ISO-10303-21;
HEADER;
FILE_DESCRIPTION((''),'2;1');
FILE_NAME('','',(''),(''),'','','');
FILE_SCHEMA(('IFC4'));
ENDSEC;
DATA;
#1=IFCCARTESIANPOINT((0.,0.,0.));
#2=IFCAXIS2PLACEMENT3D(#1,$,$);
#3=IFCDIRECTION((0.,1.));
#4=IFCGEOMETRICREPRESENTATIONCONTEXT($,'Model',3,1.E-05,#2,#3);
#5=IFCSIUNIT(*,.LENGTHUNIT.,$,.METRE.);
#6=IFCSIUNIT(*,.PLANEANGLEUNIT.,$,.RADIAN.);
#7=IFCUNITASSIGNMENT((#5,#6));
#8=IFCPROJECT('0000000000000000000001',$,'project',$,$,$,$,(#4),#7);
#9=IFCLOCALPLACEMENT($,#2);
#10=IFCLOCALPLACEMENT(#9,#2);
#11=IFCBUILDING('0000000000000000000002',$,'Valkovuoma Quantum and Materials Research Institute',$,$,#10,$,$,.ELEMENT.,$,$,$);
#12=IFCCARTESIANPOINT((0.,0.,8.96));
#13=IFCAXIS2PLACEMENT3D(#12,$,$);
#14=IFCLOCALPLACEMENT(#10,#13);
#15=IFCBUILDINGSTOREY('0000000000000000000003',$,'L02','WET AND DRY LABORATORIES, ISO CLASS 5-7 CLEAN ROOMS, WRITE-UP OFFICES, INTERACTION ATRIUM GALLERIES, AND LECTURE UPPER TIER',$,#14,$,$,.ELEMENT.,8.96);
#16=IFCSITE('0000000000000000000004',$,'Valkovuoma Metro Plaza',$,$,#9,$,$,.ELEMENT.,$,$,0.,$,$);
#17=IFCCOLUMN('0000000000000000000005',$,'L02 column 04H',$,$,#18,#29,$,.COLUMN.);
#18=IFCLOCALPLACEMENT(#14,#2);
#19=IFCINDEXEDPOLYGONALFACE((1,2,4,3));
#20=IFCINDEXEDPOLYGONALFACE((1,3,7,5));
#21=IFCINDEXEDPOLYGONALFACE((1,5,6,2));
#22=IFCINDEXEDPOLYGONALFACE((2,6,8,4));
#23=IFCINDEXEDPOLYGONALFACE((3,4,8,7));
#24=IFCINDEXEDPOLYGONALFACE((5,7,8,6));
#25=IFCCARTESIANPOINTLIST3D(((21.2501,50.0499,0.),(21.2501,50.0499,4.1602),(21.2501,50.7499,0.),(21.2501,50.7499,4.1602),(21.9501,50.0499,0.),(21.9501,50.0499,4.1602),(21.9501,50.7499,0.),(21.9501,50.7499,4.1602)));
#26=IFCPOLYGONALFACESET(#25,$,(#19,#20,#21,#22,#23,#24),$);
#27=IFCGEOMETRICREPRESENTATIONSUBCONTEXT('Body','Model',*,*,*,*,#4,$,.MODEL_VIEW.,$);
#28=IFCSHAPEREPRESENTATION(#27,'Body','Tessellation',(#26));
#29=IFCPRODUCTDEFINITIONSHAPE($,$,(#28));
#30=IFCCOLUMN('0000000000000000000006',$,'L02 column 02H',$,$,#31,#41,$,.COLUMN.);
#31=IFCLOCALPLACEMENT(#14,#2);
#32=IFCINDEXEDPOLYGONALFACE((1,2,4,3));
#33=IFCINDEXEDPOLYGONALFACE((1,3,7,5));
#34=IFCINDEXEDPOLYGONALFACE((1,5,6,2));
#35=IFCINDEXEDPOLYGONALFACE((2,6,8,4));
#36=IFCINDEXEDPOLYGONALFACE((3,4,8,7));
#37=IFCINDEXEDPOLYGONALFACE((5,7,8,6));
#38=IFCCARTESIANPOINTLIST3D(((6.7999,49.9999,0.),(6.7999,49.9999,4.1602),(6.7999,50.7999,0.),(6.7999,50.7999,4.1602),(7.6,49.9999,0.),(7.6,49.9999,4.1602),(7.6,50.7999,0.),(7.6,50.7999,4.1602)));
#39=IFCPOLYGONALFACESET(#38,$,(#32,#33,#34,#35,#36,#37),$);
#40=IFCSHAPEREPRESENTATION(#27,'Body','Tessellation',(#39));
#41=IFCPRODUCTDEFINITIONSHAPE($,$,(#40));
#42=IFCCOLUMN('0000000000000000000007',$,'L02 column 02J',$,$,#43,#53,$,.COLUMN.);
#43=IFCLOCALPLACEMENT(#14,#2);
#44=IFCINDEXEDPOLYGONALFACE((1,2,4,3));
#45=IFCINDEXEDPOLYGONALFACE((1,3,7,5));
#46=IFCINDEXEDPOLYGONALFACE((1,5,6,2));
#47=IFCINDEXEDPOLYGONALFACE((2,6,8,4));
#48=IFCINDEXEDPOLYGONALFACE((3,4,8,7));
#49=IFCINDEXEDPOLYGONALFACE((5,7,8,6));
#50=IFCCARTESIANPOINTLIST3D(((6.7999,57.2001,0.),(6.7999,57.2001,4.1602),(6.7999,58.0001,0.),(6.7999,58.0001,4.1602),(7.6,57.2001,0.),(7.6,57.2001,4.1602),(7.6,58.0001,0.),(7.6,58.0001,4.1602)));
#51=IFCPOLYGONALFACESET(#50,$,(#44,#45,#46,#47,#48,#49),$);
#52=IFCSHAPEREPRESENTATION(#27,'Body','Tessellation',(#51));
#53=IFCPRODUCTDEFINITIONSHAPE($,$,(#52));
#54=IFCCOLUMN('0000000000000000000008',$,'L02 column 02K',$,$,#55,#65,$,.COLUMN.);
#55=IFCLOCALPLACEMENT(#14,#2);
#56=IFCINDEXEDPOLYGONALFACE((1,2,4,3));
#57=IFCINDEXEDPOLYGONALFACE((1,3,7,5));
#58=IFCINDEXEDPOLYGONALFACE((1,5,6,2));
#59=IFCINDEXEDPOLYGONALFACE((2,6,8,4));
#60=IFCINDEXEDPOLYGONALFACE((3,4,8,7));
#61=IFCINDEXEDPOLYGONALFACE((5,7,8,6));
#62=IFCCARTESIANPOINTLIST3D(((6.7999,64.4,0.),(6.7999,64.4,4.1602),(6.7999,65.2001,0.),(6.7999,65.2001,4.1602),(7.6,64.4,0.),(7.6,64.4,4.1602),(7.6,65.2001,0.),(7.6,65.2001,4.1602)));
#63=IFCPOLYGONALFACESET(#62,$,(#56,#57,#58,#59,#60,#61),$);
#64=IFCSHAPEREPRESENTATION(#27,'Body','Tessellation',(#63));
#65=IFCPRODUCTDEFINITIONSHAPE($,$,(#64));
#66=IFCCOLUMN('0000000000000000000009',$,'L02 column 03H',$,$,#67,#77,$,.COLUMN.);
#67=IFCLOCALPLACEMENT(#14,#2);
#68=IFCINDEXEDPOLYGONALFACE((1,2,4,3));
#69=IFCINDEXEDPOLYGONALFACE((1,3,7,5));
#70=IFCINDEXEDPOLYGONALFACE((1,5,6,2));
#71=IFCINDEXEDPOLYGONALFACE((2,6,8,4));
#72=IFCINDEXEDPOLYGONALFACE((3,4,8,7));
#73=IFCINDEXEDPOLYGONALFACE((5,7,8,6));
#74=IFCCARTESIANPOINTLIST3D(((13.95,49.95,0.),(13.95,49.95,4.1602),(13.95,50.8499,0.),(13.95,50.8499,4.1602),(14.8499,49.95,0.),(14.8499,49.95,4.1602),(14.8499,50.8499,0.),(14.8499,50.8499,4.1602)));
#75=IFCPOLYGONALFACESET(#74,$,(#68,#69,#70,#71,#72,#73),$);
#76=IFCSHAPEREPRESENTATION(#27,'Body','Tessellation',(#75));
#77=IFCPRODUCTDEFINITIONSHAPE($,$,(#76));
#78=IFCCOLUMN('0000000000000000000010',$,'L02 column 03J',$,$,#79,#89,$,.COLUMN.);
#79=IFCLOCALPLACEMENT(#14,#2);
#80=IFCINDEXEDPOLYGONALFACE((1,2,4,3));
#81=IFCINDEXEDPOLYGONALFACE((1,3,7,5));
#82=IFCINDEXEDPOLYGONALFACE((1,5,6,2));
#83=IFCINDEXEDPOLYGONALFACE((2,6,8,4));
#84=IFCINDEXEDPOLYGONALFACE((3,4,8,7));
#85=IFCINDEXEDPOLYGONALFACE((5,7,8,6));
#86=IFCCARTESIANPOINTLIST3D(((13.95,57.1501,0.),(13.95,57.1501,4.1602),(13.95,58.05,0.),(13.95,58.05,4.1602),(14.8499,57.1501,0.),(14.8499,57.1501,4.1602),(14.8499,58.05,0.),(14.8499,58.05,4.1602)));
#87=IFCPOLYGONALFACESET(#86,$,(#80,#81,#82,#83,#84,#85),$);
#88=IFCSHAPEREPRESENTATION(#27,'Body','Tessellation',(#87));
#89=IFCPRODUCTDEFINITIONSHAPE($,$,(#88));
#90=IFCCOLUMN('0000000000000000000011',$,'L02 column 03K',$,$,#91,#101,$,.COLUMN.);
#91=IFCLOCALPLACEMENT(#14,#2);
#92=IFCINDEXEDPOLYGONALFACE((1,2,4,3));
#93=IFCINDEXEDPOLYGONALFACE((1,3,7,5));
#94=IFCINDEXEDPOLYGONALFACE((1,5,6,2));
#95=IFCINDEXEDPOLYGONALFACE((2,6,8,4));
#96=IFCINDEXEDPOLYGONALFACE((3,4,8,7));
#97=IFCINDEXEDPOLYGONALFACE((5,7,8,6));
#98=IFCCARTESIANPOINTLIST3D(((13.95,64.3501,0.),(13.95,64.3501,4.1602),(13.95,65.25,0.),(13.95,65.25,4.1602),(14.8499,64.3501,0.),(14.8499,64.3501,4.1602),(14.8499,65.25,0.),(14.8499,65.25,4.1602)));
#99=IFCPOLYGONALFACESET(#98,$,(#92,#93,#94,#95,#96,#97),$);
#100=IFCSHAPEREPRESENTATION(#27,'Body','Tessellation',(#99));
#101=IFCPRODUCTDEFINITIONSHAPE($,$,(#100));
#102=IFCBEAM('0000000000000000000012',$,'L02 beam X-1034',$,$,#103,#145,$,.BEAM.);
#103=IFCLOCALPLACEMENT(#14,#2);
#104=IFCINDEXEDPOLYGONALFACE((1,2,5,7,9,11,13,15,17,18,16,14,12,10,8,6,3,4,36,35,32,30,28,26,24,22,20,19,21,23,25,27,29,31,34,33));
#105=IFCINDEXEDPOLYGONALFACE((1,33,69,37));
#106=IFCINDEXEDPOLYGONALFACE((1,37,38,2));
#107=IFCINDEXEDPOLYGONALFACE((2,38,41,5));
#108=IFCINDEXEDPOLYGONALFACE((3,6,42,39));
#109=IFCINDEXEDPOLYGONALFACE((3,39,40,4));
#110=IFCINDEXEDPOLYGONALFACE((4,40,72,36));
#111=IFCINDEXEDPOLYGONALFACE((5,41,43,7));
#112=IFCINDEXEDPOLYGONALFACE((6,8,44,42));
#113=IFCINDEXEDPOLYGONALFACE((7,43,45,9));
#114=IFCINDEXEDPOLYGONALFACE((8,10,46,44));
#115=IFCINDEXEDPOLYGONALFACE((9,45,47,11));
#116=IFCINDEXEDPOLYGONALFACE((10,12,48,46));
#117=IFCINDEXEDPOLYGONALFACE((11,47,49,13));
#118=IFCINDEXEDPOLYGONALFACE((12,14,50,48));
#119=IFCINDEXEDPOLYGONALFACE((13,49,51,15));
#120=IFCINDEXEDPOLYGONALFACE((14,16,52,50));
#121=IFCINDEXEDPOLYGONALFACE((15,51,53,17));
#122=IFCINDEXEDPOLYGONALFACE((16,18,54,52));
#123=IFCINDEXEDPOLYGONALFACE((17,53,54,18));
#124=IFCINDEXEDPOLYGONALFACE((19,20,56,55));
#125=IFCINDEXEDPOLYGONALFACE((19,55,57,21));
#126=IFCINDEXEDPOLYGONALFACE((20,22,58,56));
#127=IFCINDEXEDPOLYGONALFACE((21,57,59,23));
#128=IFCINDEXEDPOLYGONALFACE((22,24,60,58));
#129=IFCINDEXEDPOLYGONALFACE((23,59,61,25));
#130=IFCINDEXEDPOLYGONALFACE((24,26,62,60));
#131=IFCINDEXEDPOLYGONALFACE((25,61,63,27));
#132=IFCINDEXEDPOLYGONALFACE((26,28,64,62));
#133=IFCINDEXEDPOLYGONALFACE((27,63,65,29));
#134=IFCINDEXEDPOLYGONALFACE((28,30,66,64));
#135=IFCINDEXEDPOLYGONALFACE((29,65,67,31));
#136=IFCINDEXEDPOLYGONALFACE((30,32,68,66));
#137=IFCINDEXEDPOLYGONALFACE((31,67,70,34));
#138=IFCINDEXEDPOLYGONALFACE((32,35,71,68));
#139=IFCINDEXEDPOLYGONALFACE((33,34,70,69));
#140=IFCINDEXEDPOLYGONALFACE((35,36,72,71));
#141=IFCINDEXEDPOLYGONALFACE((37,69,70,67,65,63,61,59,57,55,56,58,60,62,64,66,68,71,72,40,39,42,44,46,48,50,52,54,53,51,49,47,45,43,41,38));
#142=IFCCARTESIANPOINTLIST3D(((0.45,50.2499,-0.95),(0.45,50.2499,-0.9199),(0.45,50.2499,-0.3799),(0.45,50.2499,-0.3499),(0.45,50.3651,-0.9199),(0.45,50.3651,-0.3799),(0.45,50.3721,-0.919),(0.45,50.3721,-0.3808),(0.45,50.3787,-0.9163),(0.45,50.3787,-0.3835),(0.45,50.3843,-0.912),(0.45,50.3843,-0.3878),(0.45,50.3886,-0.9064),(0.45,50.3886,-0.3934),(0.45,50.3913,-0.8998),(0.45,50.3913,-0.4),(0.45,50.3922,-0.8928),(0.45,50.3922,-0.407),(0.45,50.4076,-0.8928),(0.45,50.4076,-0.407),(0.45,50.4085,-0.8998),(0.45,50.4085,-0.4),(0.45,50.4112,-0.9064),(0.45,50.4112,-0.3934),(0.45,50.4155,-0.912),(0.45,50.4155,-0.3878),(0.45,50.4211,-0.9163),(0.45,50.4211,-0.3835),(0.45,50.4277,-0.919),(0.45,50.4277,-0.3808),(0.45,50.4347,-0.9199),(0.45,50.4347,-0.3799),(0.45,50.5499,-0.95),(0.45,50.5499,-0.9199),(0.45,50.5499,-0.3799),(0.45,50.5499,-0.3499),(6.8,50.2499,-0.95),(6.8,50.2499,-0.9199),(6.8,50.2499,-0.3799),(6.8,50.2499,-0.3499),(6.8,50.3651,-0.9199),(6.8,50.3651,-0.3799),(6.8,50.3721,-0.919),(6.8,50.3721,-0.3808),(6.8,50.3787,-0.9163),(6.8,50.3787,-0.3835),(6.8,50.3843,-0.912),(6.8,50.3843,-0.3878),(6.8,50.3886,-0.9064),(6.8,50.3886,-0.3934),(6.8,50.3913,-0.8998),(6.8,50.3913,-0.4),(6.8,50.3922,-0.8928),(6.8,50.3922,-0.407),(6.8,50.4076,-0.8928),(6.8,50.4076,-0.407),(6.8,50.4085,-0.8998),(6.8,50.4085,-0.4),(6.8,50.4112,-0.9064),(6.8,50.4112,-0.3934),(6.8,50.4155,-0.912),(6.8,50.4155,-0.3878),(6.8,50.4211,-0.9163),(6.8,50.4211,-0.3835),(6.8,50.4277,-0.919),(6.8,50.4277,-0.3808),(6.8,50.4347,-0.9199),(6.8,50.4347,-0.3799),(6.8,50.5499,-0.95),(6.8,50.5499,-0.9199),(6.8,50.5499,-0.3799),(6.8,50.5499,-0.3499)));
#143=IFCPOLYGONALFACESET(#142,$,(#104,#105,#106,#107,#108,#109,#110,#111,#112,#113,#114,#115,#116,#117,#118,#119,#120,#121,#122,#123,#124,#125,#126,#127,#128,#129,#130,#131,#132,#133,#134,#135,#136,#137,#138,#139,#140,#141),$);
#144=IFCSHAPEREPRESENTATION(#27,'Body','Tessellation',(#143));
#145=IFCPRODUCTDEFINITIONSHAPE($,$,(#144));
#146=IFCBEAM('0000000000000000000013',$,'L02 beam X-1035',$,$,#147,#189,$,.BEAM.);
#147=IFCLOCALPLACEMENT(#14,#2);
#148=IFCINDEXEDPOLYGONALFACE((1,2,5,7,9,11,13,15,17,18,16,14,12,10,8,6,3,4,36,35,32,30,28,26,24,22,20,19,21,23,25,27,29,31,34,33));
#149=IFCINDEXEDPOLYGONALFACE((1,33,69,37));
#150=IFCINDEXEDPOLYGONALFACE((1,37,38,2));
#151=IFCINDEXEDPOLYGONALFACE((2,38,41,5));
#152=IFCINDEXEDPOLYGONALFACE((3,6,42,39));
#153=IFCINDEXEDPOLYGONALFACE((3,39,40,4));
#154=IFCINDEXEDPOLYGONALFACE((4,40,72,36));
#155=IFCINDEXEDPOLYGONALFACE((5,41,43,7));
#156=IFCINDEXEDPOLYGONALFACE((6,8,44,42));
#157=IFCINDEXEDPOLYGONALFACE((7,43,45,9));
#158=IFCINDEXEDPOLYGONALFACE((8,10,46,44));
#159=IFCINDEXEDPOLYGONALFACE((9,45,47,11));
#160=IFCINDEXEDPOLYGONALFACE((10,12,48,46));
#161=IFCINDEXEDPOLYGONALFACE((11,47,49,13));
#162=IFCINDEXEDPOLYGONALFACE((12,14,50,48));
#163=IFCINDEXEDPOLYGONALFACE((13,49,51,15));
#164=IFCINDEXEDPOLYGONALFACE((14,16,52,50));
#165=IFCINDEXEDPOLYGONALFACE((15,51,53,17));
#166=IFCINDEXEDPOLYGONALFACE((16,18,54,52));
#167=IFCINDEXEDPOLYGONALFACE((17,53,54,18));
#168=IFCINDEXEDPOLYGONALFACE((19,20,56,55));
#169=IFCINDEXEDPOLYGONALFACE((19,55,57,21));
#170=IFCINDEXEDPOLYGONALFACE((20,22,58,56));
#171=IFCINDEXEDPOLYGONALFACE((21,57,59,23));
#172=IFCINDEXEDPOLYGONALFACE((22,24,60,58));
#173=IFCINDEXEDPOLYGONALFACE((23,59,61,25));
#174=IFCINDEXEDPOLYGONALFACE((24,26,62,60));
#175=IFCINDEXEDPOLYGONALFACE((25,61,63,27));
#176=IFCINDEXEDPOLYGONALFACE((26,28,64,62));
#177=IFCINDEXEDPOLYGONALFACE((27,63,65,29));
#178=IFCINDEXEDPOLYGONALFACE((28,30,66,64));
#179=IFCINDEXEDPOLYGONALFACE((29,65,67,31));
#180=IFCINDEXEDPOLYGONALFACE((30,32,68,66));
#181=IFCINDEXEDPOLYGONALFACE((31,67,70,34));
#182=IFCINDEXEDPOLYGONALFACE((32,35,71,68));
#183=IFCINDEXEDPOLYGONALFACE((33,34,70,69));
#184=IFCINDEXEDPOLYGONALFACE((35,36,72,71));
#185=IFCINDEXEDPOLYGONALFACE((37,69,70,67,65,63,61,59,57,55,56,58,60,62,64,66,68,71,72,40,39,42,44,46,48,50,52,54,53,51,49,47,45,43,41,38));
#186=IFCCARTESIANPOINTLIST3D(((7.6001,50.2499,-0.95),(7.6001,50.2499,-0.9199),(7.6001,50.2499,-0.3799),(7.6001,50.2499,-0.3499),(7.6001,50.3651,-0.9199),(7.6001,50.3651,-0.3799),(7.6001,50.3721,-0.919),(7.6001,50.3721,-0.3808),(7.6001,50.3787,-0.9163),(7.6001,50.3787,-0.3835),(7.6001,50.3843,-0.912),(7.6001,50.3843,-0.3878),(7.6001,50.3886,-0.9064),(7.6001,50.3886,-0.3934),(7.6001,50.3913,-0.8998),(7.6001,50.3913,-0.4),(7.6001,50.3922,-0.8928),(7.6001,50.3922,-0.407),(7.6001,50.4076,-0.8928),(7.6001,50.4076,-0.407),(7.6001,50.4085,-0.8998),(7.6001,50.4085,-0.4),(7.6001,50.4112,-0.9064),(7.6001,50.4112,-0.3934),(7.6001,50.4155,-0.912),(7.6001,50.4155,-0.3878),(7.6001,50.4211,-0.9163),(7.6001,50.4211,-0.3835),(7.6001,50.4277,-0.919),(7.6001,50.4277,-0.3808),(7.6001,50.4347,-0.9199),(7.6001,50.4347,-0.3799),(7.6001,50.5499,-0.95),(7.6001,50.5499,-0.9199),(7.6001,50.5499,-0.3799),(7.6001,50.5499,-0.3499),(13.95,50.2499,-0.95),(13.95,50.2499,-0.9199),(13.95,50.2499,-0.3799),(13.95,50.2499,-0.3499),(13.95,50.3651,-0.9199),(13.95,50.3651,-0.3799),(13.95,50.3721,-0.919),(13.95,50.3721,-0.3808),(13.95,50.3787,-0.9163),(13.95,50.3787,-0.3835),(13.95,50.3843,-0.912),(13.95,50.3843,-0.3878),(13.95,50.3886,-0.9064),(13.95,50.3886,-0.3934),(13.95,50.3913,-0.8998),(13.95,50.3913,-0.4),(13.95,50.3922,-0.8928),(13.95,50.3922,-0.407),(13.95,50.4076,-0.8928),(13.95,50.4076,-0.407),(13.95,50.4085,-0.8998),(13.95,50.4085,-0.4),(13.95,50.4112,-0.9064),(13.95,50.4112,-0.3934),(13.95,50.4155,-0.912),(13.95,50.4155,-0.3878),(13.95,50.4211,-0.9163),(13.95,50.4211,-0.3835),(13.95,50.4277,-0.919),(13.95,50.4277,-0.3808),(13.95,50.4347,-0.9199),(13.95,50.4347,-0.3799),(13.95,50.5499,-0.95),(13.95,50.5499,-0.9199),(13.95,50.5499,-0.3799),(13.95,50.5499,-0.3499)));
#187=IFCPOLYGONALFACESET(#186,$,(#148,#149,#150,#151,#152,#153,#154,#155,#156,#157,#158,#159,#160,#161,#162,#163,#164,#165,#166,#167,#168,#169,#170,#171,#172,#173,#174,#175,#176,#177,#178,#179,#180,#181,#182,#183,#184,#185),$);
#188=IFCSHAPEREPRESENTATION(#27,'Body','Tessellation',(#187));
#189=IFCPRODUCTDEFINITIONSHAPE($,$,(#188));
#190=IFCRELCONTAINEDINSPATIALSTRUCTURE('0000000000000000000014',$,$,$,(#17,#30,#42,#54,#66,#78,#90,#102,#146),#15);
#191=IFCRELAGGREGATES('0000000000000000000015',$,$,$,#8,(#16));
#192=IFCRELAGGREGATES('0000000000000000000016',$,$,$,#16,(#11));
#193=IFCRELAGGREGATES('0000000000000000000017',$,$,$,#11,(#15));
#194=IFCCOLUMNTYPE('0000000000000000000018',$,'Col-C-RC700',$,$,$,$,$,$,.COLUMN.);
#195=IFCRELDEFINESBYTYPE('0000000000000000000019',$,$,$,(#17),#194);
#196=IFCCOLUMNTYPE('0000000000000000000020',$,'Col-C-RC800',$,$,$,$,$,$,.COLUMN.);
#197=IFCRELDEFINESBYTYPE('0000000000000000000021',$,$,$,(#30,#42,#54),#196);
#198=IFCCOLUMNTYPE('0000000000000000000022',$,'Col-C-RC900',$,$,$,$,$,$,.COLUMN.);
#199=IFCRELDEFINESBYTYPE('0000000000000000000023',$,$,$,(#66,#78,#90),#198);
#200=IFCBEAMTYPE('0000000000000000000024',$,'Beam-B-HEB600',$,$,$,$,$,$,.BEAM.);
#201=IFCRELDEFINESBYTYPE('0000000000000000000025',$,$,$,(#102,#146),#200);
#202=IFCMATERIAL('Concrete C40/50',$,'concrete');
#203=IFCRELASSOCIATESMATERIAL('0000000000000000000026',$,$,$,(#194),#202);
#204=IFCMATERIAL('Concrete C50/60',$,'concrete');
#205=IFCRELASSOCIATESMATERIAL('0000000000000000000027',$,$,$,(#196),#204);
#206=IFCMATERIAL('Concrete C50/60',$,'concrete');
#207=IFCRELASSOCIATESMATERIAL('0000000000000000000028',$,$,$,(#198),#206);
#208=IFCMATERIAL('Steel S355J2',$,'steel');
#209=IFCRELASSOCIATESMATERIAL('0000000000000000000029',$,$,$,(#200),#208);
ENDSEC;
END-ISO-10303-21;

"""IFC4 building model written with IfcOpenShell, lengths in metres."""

from ifc_helpers import new_model, si_unit, direction, frame, origin, origin_2d, place, context, subcontext, project, spatial, rectangle, i_section, extrude, material, material_profile, profile_set, type_object, element, save


model = new_model("IFC4")

# Units and contexts
model_context = context("Model", 3, precision=1e-05, world=origin(), true_north=direction((0.0, 1.0)))
body_context = subcontext(model_context, "Body", "Model", "MODEL_VIEW")
ifc_project = project(units=[si_unit("LENGTHUNIT", "METRE"), si_unit("PLANEANGLEUNIT", "RADIAN")], contexts=[model_context])

# Site, building, storey
site_placement = place(None, origin())
site = spatial("IfcSite", under=ifc_project, at=site_placement, Name="Valkovuoma Metro Plaza", CompositionType="ELEMENT", RefElevation=0.0)
building_placement = place(site_placement, origin())
building = spatial("IfcBuilding", under=site, at=building_placement, Name="Valkovuoma Quantum and Materials Research Institute", CompositionType="ELEMENT")
storey_placement = place(building_placement, frame((0.0, 0.0, 8.96)))
storey = spatial("IfcBuildingStorey", under=building, at=storey_placement, Name="L02", Description="WET AND DRY LABORATORIES, ISO CLASS 5-7 CLEAN ROOMS, WRITE-UP OFFICES, INTERACTION ATRIUM GALLERIES, AND LECTURE UPPER TIER", CompositionType="ELEMENT", Elevation=8.96)

# Columns
ifc_material_1 = material(Name="Concrete C40/50", Category="concrete")
ifc_material_profile_1 = material_profile(ifc_material_1, rectangle(XDim=0.7, YDim=0.7, at=origin_2d()), Name="Concrete C40/50")
ifc_profile_set_1 = profile_set([ifc_material_profile_1], Name="Concrete C40/50")
column_type_1 = type_object("IfcColumnType", Name="Col-C-RC700", PredefinedType="COLUMN", material=ifc_profile_set_1)
column_placement = place(storey_placement, frame((21.6001, 50.3999, 0.0), z_axis=(0.0, 0.0, 1.0), x_axis=(1.0, 0.0, 0.0)))
element("IfcColumn", 1, at=column_placement, inside=storey, type_object=column_type_1, Name="L02 column 04H", PredefinedType="COLUMN", context=body_context, shape_type="SweptSolid", body=[
    extrude(rectangle(XDim=0.7, YDim=0.7, at=origin_2d()), origin(), (0.0, 0.0, 1.0), 4.1602),
])
ifc_material_2 = material(Name="Concrete C50/60", Category="concrete")
ifc_material_profile_2 = material_profile(ifc_material_2, rectangle(XDim=0.8, YDim=0.8, at=origin_2d()), Name="Concrete C50/60")
ifc_profile_set_2 = profile_set([ifc_material_profile_2], Name="Concrete C50/60")
column_type_2 = type_object("IfcColumnType", Name="Col-C-RC800", PredefinedType="COLUMN", material=ifc_profile_set_2)
for number, where, z_axis, x_axis, name in (
    (2, (7.2, 50.3999, 0.0), (0.0, 0.0, 1.0), (1.0, 0.0, 0.0), "L02 column 02H"),
    (3, (7.2, 57.6001, 0.0), (0.0, 0.0, 1.0), (1.0, 0.0, 0.0), "L02 column 02J"),
    (4, (7.2, 64.8, 0.0), (0.0, 0.0, 1.0), (1.0, 0.0, 0.0), "L02 column 02K"),
):
    element("IfcColumn", number, at=place(storey_placement, frame(where, z_axis=z_axis, x_axis=x_axis)), inside=storey, type_object=column_type_2, Name=name, PredefinedType="COLUMN", context=body_context, shape_type="SweptSolid", body=[
        extrude(rectangle(XDim=0.8, YDim=0.8, at=origin_2d()), origin(), (0.0, 0.0, 1.0), 4.1602),
    ])
ifc_material_3 = material(Name="Concrete C50/60", Category="concrete")
ifc_material_profile_3 = material_profile(ifc_material_3, rectangle(XDim=0.8999, YDim=0.8999, at=origin_2d()), Name="Concrete C50/60")
ifc_profile_set_3 = profile_set([ifc_material_profile_3], Name="Concrete C50/60")
column_type_3 = type_object("IfcColumnType", Name="Col-C-RC900", PredefinedType="COLUMN", material=ifc_profile_set_3)
for number, where, z_axis, x_axis, name in (
    (5, (14.3999, 50.3999, 0.0), (0.0, 0.0, 1.0), (1.0, 0.0, 0.0), "L02 column 03H"),
    (6, (14.3999, 57.6001, 0.0), (0.0, 0.0, 1.0), (1.0, 0.0, 0.0), "L02 column 03J"),
    (7, (14.3999, 64.8, 0.0), (0.0, 0.0, 1.0), (1.0, 0.0, 0.0), "L02 column 03K"),
):
    element("IfcColumn", number, at=place(storey_placement, frame(where, z_axis=z_axis, x_axis=x_axis)), inside=storey, type_object=column_type_3, Name=name, PredefinedType="COLUMN", context=body_context, shape_type="SweptSolid", body=[
        extrude(rectangle(XDim=0.8999, YDim=0.8999, at=origin_2d()), origin(), (0.0, 0.0, 1.0), 4.1602),
    ])

# Beams
ifc_material_4 = material(Name="Steel S355J2", Category="steel")
ifc_material_profile_4 = material_profile(ifc_material_4, i_section(OverallWidth=0.3, OverallDepth=0.6001, WebThickness=0.0154, FlangeThickness=0.03, FilletRadius=0.0271, at=origin_2d()), Name="Steel S355J2")
ifc_profile_set_4 = profile_set([ifc_material_profile_4], Name="Steel S355J2")
beam_type_1 = type_object("IfcBeamType", Name="Beam-B-HEB600", PredefinedType="BEAM", material=ifc_profile_set_4)
beam_1_placement = place(storey_placement, frame((0.45, 50.3999, -0.6499), z_axis=(1.0, 0.0, 0.0), x_axis=(0.0, 1.0, 0.0)))
element("IfcBeam", 8, at=beam_1_placement, inside=storey, type_object=beam_type_1, Name="L02 beam X-1034", PredefinedType="BEAM", context=body_context, shape_type="SweptSolid", body=[
    extrude(i_section(OverallWidth=0.3, OverallDepth=0.6001, WebThickness=0.0154, FlangeThickness=0.03, FilletRadius=0.0271, at=origin_2d()), origin(), (0.0, 0.0, 1.0), 6.3501),
])
beam_2_placement = place(storey_placement, frame((7.6001, 50.3999, -0.6499), z_axis=(1.0, 0.0, 0.0), x_axis=(0.0, 1.0, 0.0)))
element("IfcBeam", 9, at=beam_2_placement, inside=storey, type_object=beam_type_1, Name="L02 beam X-1035", PredefinedType="BEAM", context=body_context, shape_type="SweptSolid", body=[
    extrude(i_section(OverallWidth=0.3, OverallDepth=0.6001, WebThickness=0.0154, FlangeThickness=0.03, FilletRadius=0.0271, at=origin_2d()), origin(), (0.0, 0.0, 1.0), 6.3499),
])

save(model, "model.ifc")
